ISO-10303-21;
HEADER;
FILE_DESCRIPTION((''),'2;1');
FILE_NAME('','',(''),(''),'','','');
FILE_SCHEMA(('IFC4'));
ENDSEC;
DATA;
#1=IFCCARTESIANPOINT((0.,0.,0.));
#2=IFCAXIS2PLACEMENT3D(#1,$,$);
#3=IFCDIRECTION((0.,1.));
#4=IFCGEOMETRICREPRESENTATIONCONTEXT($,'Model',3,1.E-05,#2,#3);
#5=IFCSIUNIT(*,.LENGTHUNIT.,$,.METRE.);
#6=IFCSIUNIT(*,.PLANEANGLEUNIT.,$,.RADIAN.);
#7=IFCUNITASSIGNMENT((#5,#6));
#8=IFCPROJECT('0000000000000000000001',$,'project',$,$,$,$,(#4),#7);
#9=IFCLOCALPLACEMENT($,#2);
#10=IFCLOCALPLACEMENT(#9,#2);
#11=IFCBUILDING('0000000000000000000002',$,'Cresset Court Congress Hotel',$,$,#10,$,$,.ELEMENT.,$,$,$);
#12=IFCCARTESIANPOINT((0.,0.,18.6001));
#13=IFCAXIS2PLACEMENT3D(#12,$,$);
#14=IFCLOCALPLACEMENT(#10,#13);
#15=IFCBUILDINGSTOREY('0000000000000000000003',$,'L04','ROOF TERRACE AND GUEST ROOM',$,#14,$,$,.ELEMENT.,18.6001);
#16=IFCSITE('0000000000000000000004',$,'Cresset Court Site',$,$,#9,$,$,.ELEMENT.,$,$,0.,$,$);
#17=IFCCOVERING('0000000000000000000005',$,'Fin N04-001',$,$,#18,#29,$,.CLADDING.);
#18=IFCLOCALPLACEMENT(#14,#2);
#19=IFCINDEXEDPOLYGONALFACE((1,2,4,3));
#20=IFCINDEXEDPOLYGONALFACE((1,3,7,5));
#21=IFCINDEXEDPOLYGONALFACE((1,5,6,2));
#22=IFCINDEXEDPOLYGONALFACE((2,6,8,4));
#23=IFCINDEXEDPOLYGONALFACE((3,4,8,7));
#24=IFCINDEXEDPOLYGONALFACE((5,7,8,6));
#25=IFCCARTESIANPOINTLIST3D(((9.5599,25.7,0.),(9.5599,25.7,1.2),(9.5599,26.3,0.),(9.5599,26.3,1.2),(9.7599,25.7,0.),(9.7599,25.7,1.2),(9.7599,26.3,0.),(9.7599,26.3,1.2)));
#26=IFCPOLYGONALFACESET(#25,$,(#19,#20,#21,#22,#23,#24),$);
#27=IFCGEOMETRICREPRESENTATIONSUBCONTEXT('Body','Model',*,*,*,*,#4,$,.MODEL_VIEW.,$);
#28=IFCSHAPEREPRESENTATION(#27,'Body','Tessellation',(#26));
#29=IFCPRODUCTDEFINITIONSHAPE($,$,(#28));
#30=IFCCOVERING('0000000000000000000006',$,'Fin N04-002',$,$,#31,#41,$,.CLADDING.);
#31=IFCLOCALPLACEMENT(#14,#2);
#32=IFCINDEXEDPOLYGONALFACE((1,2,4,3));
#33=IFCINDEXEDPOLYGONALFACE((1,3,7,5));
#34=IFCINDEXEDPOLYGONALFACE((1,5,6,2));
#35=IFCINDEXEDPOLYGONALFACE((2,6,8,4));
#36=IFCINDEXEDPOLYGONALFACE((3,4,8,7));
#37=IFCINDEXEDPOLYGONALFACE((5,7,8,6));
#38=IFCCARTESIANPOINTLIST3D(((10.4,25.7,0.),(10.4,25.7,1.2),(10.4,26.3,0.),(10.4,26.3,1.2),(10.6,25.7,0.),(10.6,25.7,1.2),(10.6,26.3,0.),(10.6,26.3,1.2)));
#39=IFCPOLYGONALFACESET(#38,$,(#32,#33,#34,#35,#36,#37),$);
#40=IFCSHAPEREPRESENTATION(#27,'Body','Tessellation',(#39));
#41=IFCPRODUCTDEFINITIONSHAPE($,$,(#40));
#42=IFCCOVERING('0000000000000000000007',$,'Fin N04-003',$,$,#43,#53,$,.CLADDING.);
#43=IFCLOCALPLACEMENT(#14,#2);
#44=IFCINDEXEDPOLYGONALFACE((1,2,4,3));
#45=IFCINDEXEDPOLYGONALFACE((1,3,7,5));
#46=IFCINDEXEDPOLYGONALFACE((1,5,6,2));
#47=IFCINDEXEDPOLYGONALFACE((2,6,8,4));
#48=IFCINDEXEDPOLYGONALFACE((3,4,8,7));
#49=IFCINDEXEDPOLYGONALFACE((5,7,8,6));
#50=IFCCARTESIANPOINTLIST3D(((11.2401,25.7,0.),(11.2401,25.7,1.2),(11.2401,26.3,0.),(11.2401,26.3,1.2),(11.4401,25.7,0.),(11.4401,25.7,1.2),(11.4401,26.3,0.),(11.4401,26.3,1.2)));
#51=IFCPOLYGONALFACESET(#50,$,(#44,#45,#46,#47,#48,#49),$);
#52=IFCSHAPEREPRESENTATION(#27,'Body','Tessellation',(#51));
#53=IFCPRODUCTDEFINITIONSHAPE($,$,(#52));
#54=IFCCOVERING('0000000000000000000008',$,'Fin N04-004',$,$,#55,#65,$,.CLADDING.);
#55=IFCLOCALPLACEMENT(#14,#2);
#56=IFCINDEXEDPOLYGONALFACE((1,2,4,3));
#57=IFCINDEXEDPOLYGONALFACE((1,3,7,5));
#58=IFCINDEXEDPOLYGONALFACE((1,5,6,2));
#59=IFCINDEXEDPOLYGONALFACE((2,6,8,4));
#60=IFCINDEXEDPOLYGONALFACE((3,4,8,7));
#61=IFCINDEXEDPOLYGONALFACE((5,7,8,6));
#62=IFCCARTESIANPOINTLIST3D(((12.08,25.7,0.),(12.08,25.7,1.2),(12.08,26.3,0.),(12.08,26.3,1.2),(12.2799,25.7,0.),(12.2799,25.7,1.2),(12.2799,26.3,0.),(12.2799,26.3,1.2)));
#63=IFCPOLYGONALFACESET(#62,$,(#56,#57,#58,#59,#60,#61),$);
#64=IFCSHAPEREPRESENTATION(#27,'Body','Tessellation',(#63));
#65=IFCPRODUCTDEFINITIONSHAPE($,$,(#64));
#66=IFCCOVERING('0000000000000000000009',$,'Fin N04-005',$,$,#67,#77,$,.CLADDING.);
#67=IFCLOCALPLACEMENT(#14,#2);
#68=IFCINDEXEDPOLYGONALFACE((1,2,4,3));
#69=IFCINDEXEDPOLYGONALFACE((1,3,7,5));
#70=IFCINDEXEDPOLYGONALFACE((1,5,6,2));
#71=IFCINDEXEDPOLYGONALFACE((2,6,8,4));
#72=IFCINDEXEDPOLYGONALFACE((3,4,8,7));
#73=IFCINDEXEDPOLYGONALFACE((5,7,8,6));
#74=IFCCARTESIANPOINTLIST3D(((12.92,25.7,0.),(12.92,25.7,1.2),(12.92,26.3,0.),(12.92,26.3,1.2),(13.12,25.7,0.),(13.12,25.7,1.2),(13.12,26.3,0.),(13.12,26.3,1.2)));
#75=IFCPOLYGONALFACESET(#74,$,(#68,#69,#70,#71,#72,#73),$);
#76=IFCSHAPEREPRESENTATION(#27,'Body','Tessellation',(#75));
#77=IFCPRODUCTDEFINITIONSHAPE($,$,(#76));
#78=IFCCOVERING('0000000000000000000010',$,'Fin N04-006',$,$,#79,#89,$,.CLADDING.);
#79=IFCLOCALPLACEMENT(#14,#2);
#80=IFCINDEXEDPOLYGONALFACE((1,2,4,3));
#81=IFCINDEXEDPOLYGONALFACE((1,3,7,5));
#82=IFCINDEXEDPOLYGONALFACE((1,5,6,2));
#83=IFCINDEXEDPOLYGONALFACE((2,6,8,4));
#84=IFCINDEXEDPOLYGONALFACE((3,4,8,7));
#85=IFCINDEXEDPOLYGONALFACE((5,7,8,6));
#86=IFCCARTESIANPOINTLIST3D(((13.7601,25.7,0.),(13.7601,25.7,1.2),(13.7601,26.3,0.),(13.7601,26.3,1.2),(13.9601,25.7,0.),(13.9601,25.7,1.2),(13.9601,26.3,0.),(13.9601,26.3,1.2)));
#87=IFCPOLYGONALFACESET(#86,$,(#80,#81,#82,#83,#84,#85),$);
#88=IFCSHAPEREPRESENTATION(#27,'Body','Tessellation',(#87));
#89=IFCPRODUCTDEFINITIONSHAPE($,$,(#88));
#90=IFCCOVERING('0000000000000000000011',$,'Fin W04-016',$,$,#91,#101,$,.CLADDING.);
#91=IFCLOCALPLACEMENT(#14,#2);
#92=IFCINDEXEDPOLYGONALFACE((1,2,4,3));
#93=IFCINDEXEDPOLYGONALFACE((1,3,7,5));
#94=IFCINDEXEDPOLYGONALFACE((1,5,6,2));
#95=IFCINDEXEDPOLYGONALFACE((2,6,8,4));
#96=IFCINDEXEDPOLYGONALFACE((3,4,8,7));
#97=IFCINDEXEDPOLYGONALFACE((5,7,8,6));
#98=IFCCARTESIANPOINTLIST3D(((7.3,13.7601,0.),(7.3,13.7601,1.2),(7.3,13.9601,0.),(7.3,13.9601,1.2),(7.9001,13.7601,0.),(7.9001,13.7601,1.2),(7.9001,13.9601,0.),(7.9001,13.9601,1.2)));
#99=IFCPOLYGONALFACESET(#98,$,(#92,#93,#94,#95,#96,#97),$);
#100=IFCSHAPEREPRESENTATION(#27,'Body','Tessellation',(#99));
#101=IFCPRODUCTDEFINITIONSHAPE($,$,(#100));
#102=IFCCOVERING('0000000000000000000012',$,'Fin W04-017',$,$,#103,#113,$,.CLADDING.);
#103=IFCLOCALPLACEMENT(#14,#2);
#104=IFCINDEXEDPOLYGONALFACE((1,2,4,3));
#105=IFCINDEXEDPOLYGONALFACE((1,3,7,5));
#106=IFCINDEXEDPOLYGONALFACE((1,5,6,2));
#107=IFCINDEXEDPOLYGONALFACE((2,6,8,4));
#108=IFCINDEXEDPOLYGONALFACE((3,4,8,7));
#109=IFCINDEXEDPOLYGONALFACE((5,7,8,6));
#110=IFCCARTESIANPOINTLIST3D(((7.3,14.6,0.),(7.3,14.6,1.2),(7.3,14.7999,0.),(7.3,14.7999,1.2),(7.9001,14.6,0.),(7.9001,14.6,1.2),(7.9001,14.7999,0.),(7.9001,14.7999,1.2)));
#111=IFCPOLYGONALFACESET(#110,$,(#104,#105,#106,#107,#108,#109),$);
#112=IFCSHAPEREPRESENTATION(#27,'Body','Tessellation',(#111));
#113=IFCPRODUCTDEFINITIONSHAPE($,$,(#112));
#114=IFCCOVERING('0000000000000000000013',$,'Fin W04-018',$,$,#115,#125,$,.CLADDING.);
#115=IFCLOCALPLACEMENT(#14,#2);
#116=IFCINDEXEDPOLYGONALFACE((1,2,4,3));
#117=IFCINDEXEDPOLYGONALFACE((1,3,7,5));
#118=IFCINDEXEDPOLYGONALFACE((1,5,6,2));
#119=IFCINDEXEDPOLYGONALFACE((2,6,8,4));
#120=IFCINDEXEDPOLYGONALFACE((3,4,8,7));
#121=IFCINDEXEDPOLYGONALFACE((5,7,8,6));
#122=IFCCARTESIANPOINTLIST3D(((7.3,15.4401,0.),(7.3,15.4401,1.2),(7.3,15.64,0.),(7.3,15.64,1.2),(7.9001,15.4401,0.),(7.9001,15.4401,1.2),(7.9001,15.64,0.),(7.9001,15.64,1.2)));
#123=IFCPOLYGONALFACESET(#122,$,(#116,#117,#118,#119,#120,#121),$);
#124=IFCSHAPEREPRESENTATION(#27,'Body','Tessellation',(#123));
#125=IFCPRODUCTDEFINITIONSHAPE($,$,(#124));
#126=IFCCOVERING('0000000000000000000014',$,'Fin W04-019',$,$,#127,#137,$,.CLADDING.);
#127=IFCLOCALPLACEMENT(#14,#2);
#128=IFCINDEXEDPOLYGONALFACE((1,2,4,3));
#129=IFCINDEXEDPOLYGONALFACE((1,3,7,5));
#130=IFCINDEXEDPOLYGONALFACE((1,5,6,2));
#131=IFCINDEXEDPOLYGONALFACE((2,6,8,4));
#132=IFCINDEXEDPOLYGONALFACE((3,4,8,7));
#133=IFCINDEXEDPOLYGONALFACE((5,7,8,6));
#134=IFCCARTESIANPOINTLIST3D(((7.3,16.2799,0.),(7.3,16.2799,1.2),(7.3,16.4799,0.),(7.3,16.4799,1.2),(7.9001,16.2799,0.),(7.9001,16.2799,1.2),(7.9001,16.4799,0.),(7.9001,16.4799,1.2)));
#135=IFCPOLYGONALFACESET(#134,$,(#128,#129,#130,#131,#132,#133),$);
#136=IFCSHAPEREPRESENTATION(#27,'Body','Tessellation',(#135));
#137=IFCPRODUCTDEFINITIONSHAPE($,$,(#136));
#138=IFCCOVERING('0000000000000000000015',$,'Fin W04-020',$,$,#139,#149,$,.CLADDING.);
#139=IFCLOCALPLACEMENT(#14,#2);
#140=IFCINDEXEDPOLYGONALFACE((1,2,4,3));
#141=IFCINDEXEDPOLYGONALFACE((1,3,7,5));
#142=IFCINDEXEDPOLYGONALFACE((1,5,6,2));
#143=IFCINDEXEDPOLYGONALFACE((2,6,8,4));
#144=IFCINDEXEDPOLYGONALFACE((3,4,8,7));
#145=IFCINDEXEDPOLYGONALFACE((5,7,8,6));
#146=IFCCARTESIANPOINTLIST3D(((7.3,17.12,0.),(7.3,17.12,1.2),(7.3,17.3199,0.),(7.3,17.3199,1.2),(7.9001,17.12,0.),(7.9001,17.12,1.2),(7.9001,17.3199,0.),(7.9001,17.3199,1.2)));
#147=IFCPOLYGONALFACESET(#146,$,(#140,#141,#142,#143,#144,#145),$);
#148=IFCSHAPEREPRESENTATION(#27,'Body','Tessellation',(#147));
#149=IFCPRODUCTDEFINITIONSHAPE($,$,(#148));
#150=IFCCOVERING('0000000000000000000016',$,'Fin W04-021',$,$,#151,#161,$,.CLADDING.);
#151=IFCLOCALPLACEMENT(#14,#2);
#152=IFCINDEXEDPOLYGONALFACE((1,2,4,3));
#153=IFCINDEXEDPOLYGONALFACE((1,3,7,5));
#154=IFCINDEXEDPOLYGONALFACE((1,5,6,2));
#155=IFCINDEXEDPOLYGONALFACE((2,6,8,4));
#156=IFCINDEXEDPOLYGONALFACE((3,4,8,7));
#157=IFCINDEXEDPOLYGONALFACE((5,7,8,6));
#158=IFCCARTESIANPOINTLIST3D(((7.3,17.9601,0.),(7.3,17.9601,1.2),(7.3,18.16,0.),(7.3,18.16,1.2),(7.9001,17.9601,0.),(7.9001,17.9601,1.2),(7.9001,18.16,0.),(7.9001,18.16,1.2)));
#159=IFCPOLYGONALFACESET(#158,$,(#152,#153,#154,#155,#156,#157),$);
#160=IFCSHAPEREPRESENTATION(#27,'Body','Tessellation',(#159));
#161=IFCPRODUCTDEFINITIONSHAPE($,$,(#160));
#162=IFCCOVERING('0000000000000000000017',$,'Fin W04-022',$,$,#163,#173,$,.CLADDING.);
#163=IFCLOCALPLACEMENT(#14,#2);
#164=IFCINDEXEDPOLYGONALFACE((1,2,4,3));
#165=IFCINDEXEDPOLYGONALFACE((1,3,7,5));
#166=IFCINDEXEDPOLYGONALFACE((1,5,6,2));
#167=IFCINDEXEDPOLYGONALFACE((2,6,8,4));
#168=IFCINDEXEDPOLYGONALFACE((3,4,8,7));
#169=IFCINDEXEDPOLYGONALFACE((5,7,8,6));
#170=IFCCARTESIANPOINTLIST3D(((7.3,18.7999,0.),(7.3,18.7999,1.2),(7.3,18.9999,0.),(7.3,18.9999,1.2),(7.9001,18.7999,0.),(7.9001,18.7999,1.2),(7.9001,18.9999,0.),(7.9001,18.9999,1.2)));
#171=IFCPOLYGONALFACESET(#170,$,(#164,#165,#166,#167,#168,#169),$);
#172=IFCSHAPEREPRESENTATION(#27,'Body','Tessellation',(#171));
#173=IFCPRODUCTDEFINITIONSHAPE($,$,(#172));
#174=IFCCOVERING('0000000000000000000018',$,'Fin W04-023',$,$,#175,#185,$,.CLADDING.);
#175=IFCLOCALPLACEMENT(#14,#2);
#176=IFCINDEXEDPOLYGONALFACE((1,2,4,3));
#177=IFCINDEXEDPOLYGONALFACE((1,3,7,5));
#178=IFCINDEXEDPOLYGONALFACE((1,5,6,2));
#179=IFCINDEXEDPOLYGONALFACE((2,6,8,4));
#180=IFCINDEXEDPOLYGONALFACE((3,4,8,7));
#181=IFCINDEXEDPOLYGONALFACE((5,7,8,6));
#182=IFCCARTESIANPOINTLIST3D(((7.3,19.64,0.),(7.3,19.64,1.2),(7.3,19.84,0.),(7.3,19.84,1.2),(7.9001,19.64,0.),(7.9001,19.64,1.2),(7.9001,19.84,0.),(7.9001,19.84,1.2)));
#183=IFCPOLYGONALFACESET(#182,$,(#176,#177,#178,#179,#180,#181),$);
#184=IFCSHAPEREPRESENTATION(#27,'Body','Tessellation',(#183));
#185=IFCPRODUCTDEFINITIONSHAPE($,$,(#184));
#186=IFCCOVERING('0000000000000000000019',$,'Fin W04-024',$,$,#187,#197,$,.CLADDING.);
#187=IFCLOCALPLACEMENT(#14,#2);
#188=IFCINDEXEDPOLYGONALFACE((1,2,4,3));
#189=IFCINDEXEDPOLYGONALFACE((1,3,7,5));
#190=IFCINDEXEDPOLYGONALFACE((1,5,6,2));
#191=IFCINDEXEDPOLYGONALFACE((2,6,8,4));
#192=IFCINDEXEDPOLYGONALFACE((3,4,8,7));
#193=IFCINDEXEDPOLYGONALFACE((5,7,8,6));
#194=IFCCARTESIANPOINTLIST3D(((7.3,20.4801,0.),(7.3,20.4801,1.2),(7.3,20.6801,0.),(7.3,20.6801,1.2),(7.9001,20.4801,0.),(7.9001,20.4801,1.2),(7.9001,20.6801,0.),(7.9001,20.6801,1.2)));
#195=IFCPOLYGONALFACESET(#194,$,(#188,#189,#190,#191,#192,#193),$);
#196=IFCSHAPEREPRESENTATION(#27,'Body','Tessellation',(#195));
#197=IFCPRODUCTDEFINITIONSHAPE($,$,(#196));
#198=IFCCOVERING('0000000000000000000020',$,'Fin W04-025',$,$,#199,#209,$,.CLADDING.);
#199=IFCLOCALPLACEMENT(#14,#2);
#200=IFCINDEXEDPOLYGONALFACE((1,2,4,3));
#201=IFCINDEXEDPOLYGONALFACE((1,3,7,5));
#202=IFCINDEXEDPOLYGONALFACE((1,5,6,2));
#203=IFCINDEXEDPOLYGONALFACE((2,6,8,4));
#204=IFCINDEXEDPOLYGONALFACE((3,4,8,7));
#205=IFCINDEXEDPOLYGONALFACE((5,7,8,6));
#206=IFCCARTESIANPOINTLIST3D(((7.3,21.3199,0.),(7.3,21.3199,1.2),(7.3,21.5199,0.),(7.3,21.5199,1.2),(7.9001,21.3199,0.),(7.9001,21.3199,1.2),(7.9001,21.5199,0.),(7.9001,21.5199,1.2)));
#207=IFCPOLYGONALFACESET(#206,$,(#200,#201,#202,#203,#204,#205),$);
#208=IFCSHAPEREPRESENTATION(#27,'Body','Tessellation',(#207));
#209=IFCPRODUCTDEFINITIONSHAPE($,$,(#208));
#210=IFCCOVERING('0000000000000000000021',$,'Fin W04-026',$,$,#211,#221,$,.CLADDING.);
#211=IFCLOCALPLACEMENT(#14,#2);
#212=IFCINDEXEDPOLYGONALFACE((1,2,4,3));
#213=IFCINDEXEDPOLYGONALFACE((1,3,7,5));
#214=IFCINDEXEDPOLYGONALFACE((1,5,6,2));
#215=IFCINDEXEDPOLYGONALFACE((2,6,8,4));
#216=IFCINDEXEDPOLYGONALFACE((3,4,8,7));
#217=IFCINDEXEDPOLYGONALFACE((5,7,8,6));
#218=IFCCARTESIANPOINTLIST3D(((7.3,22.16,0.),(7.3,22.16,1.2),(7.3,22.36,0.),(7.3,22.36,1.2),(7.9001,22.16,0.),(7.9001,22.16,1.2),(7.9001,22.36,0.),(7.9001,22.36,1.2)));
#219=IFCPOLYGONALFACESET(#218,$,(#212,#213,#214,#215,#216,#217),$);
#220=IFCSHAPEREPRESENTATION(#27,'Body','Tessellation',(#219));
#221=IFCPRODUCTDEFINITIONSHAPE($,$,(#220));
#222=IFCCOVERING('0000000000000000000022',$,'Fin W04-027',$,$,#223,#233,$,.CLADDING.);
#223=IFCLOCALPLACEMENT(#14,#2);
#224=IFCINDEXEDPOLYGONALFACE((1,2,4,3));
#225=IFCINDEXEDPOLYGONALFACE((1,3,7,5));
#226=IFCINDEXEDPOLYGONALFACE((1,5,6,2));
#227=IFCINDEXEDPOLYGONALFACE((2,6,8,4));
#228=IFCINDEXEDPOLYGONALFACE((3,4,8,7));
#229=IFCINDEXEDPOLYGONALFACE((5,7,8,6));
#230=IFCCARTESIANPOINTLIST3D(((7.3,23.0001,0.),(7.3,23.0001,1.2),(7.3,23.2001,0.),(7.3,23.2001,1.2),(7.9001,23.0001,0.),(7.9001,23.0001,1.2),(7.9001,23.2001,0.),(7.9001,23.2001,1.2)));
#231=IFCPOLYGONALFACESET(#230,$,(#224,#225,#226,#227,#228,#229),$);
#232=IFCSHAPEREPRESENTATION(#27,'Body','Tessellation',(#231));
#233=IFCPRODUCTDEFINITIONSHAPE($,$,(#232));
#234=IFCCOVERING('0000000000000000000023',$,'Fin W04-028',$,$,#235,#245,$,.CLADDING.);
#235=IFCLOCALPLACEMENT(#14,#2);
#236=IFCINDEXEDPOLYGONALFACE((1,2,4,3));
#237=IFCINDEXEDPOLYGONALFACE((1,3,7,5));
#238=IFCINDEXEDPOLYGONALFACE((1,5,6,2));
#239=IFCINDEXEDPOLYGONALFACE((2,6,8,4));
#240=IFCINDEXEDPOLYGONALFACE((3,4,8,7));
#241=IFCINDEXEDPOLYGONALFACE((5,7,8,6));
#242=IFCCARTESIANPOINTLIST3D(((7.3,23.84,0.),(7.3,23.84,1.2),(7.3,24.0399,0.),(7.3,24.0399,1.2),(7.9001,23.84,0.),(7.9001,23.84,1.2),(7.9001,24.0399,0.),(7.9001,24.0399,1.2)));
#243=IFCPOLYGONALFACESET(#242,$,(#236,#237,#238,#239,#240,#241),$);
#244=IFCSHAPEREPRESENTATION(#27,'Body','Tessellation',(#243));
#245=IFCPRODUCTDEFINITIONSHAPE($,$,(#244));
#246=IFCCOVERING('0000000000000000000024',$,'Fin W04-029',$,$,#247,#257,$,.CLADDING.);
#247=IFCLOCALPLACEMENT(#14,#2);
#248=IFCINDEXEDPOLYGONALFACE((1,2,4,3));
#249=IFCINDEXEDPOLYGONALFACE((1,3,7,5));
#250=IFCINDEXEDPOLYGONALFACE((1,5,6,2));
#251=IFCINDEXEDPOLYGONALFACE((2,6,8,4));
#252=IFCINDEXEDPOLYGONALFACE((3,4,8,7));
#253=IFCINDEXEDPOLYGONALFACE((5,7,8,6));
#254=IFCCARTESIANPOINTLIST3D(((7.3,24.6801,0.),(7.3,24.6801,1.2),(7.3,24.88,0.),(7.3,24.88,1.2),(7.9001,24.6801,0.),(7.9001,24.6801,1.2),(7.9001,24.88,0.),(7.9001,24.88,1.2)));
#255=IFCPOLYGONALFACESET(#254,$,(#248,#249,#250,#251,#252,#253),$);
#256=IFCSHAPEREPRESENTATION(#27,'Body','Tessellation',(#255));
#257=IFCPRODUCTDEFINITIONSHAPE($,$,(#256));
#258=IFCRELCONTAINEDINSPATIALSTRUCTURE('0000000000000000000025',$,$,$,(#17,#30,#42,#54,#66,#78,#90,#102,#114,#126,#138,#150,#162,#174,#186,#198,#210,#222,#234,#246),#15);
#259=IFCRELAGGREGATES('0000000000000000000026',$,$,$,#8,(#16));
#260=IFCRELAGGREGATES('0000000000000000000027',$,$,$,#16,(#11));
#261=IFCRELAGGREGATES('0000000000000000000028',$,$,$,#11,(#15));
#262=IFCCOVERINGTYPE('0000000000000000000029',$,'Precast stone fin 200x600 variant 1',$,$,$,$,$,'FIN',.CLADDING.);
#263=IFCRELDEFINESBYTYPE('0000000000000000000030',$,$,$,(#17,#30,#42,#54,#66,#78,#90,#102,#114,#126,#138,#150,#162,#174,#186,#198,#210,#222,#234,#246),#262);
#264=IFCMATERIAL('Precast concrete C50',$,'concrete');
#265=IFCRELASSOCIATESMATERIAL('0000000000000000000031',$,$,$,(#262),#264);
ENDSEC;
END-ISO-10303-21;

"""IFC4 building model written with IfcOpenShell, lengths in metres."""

from ifc_helpers import new_model, si_unit, direction, frame, origin, origin_2d, place, context, subcontext, project, spatial, rectangle, extrude, material, type_object, element, save


model = new_model("IFC4")

# Units and contexts
model_context = context("Model", 3, precision=1e-05, world=origin(), true_north=direction((0.0, 1.0)))
body_context = subcontext(model_context, "Body", "Model", "MODEL_VIEW")
ifc_project = project(units=[si_unit("LENGTHUNIT", "METRE"), si_unit("PLANEANGLEUNIT", "RADIAN")], contexts=[model_context])

# Site, building, storey
site_placement = place(None, origin())
site = spatial("IfcSite", under=ifc_project, at=site_placement, Name="Cresset Court Site", CompositionType="ELEMENT", RefElevation=0.0)
building_placement = place(site_placement, origin())
building = spatial("IfcBuilding", under=site, at=building_placement, Name="Cresset Court Congress Hotel", CompositionType="ELEMENT")
storey_placement = place(building_placement, frame((0.0, 0.0, 18.6001)))
storey = spatial("IfcBuildingStorey", under=building, at=storey_placement, Name="L04", Description="ROOF TERRACE AND GUEST ROOM", CompositionType="ELEMENT", Elevation=18.6001)

# Coverings
ifc_material_1 = material(Name="Precast concrete C50", Category="concrete")
covering_type_1 = type_object("IfcCoveringType", Name="Precast stone fin 200x600 variant 1", ElementType="FIN", PredefinedType="CLADDING", material=ifc_material_1)
for number, where, z_axis, x_axis, name in (
    (1, (9.6599, 26.0, 0.0), (0.0, 0.0, 1.0), (1.0, 0.0, 0.0), "Fin N04-001"),
    (2, (10.5, 26.0, 0.0), (0.0, 0.0, 1.0), (1.0, 0.0, 0.0), "Fin N04-002"),
    (3, (11.3401, 26.0, 0.0), (0.0, 0.0, 1.0), (1.0, 0.0, 0.0), "Fin N04-003"),
    (4, (12.1799, 26.0, 0.0), (0.0, 0.0, 1.0), (1.0, 0.0, 0.0), "Fin N04-004"),
    (5, (13.02, 26.0, 0.0), (0.0, 0.0, 1.0), (1.0, 0.0, 0.0), "Fin N04-005"),
    (6, (13.8601, 26.0, 0.0), (0.0, 0.0, 1.0), (1.0, 0.0, 0.0), "Fin N04-006"),
):
    element("IfcCovering", number, at=place(storey_placement, frame(where, z_axis=z_axis, x_axis=x_axis)), inside=storey, type_object=covering_type_1, Name=name, PredefinedType="CLADDING", context=body_context, shape_type="SweptSolid", body=[
        extrude(rectangle(XDim=0.2, YDim=0.6001, at=origin_2d()), origin(), (0.0, 0.0, 1.0), 1.2),
    ])
for number, where, z_axis, x_axis, name in (
    (7, (7.6001, 13.8601, 0.0), (0.0, 0.0, 1.0), (1.0, 0.0, 0.0), "Fin W04-016"),
    (8, (7.6001, 14.7, 0.0), (0.0, 0.0, 1.0), (1.0, 0.0, 0.0), "Fin W04-017"),
    (9, (7.6001, 15.54, 0.0), (0.0, 0.0, 1.0), (1.0, 0.0, 0.0), "Fin W04-018"),
    (10, (7.6001, 16.3799, 0.0), (0.0, 0.0, 1.0), (1.0, 0.0, 0.0), "Fin W04-019"),
    (11, (7.6001, 17.22, 0.0), (0.0, 0.0, 1.0), (1.0, 0.0, 0.0), "Fin W04-020"),
    (12, (7.6001, 18.0601, 0.0), (0.0, 0.0, 1.0), (1.0, 0.0, 0.0), "Fin W04-021"),
    (13, (7.6001, 18.8999, 0.0), (0.0, 0.0, 1.0), (1.0, 0.0, 0.0), "Fin W04-022"),
    (14, (7.6001, 19.74, 0.0), (0.0, 0.0, 1.0), (1.0, 0.0, 0.0), "Fin W04-023"),
    (15, (7.6001, 20.5801, 0.0), (0.0, 0.0, 1.0), (1.0, 0.0, 0.0), "Fin W04-024"),
    (16, (7.6001, 21.4199, 0.0), (0.0, 0.0, 1.0), (1.0, 0.0, 0.0), "Fin W04-025"),
    (17, (7.6001, 22.26, 0.0), (0.0, 0.0, 1.0), (1.0, 0.0, 0.0), "Fin W04-026"),
    (18, (7.6001, 23.1001, 0.0), (0.0, 0.0, 1.0), (1.0, 0.0, 0.0), "Fin W04-027"),
    (19, (7.6001, 23.9399, 0.0), (0.0, 0.0, 1.0), (1.0, 0.0, 0.0), "Fin W04-028"),
    (20, (7.6001, 24.78, 0.0), (0.0, 0.0, 1.0), (1.0, 0.0, 0.0), "Fin W04-029"),
):
    element("IfcCovering", number, at=place(storey_placement, frame(where, z_axis=z_axis, x_axis=x_axis)), inside=storey, type_object=covering_type_1, Name=name, PredefinedType="CLADDING", context=body_context, shape_type="SweptSolid", body=[
        extrude(rectangle(XDim=0.6001, YDim=0.2, at=origin_2d()), origin(), (0.0, 0.0, 1.0), 1.2),
    ])

save(model, "model.ifc")
